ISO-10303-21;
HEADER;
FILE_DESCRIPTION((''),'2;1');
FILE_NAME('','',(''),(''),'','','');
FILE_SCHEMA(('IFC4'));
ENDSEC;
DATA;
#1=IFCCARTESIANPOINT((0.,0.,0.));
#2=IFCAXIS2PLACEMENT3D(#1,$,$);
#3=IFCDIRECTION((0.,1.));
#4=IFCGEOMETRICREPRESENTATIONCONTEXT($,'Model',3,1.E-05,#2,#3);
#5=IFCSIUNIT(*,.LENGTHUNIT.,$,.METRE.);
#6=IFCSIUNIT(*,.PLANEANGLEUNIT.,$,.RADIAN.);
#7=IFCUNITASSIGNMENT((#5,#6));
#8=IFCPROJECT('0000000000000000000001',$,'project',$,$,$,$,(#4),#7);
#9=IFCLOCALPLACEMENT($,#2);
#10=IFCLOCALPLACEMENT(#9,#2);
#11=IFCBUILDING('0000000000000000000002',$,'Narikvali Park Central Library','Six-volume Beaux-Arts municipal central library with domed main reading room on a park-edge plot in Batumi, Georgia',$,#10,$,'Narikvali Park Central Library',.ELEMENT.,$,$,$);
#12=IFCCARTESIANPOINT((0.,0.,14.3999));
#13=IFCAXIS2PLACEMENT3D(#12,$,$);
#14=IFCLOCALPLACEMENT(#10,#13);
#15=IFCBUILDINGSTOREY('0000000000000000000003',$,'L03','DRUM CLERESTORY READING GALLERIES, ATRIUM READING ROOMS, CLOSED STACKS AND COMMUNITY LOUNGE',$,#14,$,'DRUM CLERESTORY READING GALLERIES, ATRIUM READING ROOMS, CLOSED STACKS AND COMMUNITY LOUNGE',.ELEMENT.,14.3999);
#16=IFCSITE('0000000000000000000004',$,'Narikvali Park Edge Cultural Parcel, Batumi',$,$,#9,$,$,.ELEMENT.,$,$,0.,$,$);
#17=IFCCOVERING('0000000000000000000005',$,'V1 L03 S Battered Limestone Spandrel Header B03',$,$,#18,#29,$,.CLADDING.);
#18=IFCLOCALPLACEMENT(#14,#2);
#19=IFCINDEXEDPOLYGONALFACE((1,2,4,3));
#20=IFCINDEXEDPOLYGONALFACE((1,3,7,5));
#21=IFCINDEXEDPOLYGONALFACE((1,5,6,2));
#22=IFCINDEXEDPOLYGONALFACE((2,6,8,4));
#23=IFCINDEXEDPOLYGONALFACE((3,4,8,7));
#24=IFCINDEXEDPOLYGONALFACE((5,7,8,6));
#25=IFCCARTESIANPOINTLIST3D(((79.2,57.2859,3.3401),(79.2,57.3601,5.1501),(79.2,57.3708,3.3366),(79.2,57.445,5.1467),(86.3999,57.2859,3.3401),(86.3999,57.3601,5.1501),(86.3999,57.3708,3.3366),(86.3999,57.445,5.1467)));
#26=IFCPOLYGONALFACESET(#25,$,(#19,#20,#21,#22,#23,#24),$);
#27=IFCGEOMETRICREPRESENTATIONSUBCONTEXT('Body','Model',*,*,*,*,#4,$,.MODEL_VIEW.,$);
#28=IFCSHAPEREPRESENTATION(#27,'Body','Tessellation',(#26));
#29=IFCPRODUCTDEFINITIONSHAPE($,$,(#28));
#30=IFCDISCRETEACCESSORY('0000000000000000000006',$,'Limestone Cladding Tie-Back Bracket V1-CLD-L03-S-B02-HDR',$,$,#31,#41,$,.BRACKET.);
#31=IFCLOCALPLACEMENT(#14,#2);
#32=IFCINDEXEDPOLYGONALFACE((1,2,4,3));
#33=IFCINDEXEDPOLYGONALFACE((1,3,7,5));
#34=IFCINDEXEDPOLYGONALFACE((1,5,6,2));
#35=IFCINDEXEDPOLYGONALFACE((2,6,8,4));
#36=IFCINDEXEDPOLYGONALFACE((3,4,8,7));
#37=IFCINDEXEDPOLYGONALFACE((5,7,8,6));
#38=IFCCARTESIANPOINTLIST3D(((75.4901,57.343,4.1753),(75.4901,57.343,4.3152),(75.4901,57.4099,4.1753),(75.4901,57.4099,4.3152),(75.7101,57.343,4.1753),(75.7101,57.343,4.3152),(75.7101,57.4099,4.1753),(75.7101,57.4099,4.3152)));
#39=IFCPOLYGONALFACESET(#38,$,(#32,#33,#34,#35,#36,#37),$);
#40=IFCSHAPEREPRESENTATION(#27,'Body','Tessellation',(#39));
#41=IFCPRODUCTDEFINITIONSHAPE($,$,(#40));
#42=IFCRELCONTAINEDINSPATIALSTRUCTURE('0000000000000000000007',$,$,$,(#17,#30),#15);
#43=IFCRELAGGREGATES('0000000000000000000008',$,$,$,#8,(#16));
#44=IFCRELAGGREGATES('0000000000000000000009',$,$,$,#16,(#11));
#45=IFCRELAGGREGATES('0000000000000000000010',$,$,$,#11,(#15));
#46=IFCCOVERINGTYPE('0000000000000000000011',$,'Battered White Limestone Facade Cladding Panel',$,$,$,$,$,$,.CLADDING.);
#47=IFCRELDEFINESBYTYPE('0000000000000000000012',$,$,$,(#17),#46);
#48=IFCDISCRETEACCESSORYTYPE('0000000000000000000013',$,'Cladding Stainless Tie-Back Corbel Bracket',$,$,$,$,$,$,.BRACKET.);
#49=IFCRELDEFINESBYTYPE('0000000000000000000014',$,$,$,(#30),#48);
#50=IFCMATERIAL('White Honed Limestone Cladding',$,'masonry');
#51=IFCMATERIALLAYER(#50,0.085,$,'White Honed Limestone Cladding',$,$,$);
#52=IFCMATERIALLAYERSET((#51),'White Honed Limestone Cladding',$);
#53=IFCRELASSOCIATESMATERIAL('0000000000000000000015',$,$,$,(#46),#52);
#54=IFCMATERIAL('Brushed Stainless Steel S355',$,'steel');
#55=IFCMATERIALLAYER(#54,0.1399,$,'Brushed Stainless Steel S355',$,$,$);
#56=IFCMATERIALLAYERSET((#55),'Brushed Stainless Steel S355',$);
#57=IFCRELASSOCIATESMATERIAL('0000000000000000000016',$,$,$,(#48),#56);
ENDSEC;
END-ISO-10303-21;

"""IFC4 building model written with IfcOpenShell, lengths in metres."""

from ifc_helpers import new_model, si_unit, direction, frame, origin, origin_2d, place, context, subcontext, project, spatial, polyline, rectangle, outline, extrude, material, layer, layer_set, type_object, element, save


model = new_model("IFC4")

# Units and contexts
model_context = context("Model", 3, precision=1e-05, world=origin(), true_north=direction((0.0, 1.0)))
body_context = subcontext(model_context, "Body", "Model", "MODEL_VIEW")
ifc_project = project(units=[si_unit("LENGTHUNIT", "METRE"), si_unit("PLANEANGLEUNIT", "RADIAN")], contexts=[model_context])

# Site, building, storey
site_placement = place(None, origin())
site = spatial("IfcSite", under=ifc_project, at=site_placement, Name="Narikvali Park Edge Cultural Parcel, Batumi", CompositionType="ELEMENT", RefElevation=0.0)
building_placement = place(site_placement, origin())
building = spatial("IfcBuilding", under=site, at=building_placement, Name="Narikvali Park Central Library", Description="Six-volume Beaux-Arts municipal central library with domed main reading room on a park-edge plot in Batumi, Georgia", LongName="Narikvali Park Central Library", CompositionType="ELEMENT")
storey_placement = place(building_placement, frame((0.0, 0.0, 14.3999)))
storey = spatial("IfcBuildingStorey", under=building, at=storey_placement, Name="L03", Description="DRUM CLERESTORY READING GALLERIES, ATRIUM READING ROOMS, CLOSED STACKS AND COMMUNITY LOUNGE", LongName="DRUM CLERESTORY READING GALLERIES, ATRIUM READING ROOMS, CLOSED STACKS AND COMMUNITY LOUNGE", CompositionType="ELEMENT", Elevation=14.3999)

# Covering
ifc_material_1 = material(Name="White Honed Limestone Cladding", Category="masonry")
ifc_layer_1 = layer(ifc_material_1, 0.085, Name="White Honed Limestone Cladding")
ifc_layer_set_1 = layer_set([ifc_layer_1], Name="White Honed Limestone Cladding")
covering_type = type_object("IfcCoveringType", Name="Battered White Limestone Facade Cladding Panel", PredefinedType="CLADDING", material=ifc_layer_set_1)
covering_placement = place(storey_placement, frame((79.2, 57.2859, 3.3401), z_axis=(0.0, -0.99916, 0.040969), x_axis=(1.0, 0.0, 0.0)))
element("IfcCovering", 1, at=covering_placement, inside=storey, type_object=covering_type, Name="V1 L03 S Battered Limestone Spandrel Header B03", PredefinedType="CLADDING", context=body_context, shape_type="SweptSolid", body=[
    extrude(outline(polyline([(0.0, 0.0), (7.2, 0.0), (7.2, 1.8116), (0.0, 1.8116), (0.0, 0.0)])), origin(), (0.0, 0.0, -1.0), 0.085),
])

# Discrete accessory
ifc_material_2 = material(Name="Brushed Stainless Steel S355", Category="steel")
ifc_layer_2 = layer(ifc_material_2, 0.1399, Name="Brushed Stainless Steel S355")
ifc_layer_set_2 = layer_set([ifc_layer_2], Name="Brushed Stainless Steel S355")
discrete_accessory_type = type_object("IfcDiscreteAccessoryType", Name="Cladding Stainless Tie-Back Corbel Bracket", PredefinedType="BRACKET", material=ifc_layer_set_2)
discrete_accessory_placement = place(storey_placement, frame((75.6001, 57.3765, 4.1753), z_axis=(0.0, 0.0, 1.0), x_axis=(1.0, 0.0, 0.0)))
element("IfcDiscreteAccessory", 2, at=discrete_accessory_placement, inside=storey, type_object=discrete_accessory_type, Name="Limestone Cladding Tie-Back Bracket V1-CLD-L03-S-B02-HDR", PredefinedType="BRACKET", context=body_context, shape_type="SweptSolid", body=[
    extrude(rectangle(XDim=0.22, YDim=0.0669, at=origin_2d()), origin(), (0.0, 0.0, 1.0), 0.1399),
])

save(model, "model.ifc")
